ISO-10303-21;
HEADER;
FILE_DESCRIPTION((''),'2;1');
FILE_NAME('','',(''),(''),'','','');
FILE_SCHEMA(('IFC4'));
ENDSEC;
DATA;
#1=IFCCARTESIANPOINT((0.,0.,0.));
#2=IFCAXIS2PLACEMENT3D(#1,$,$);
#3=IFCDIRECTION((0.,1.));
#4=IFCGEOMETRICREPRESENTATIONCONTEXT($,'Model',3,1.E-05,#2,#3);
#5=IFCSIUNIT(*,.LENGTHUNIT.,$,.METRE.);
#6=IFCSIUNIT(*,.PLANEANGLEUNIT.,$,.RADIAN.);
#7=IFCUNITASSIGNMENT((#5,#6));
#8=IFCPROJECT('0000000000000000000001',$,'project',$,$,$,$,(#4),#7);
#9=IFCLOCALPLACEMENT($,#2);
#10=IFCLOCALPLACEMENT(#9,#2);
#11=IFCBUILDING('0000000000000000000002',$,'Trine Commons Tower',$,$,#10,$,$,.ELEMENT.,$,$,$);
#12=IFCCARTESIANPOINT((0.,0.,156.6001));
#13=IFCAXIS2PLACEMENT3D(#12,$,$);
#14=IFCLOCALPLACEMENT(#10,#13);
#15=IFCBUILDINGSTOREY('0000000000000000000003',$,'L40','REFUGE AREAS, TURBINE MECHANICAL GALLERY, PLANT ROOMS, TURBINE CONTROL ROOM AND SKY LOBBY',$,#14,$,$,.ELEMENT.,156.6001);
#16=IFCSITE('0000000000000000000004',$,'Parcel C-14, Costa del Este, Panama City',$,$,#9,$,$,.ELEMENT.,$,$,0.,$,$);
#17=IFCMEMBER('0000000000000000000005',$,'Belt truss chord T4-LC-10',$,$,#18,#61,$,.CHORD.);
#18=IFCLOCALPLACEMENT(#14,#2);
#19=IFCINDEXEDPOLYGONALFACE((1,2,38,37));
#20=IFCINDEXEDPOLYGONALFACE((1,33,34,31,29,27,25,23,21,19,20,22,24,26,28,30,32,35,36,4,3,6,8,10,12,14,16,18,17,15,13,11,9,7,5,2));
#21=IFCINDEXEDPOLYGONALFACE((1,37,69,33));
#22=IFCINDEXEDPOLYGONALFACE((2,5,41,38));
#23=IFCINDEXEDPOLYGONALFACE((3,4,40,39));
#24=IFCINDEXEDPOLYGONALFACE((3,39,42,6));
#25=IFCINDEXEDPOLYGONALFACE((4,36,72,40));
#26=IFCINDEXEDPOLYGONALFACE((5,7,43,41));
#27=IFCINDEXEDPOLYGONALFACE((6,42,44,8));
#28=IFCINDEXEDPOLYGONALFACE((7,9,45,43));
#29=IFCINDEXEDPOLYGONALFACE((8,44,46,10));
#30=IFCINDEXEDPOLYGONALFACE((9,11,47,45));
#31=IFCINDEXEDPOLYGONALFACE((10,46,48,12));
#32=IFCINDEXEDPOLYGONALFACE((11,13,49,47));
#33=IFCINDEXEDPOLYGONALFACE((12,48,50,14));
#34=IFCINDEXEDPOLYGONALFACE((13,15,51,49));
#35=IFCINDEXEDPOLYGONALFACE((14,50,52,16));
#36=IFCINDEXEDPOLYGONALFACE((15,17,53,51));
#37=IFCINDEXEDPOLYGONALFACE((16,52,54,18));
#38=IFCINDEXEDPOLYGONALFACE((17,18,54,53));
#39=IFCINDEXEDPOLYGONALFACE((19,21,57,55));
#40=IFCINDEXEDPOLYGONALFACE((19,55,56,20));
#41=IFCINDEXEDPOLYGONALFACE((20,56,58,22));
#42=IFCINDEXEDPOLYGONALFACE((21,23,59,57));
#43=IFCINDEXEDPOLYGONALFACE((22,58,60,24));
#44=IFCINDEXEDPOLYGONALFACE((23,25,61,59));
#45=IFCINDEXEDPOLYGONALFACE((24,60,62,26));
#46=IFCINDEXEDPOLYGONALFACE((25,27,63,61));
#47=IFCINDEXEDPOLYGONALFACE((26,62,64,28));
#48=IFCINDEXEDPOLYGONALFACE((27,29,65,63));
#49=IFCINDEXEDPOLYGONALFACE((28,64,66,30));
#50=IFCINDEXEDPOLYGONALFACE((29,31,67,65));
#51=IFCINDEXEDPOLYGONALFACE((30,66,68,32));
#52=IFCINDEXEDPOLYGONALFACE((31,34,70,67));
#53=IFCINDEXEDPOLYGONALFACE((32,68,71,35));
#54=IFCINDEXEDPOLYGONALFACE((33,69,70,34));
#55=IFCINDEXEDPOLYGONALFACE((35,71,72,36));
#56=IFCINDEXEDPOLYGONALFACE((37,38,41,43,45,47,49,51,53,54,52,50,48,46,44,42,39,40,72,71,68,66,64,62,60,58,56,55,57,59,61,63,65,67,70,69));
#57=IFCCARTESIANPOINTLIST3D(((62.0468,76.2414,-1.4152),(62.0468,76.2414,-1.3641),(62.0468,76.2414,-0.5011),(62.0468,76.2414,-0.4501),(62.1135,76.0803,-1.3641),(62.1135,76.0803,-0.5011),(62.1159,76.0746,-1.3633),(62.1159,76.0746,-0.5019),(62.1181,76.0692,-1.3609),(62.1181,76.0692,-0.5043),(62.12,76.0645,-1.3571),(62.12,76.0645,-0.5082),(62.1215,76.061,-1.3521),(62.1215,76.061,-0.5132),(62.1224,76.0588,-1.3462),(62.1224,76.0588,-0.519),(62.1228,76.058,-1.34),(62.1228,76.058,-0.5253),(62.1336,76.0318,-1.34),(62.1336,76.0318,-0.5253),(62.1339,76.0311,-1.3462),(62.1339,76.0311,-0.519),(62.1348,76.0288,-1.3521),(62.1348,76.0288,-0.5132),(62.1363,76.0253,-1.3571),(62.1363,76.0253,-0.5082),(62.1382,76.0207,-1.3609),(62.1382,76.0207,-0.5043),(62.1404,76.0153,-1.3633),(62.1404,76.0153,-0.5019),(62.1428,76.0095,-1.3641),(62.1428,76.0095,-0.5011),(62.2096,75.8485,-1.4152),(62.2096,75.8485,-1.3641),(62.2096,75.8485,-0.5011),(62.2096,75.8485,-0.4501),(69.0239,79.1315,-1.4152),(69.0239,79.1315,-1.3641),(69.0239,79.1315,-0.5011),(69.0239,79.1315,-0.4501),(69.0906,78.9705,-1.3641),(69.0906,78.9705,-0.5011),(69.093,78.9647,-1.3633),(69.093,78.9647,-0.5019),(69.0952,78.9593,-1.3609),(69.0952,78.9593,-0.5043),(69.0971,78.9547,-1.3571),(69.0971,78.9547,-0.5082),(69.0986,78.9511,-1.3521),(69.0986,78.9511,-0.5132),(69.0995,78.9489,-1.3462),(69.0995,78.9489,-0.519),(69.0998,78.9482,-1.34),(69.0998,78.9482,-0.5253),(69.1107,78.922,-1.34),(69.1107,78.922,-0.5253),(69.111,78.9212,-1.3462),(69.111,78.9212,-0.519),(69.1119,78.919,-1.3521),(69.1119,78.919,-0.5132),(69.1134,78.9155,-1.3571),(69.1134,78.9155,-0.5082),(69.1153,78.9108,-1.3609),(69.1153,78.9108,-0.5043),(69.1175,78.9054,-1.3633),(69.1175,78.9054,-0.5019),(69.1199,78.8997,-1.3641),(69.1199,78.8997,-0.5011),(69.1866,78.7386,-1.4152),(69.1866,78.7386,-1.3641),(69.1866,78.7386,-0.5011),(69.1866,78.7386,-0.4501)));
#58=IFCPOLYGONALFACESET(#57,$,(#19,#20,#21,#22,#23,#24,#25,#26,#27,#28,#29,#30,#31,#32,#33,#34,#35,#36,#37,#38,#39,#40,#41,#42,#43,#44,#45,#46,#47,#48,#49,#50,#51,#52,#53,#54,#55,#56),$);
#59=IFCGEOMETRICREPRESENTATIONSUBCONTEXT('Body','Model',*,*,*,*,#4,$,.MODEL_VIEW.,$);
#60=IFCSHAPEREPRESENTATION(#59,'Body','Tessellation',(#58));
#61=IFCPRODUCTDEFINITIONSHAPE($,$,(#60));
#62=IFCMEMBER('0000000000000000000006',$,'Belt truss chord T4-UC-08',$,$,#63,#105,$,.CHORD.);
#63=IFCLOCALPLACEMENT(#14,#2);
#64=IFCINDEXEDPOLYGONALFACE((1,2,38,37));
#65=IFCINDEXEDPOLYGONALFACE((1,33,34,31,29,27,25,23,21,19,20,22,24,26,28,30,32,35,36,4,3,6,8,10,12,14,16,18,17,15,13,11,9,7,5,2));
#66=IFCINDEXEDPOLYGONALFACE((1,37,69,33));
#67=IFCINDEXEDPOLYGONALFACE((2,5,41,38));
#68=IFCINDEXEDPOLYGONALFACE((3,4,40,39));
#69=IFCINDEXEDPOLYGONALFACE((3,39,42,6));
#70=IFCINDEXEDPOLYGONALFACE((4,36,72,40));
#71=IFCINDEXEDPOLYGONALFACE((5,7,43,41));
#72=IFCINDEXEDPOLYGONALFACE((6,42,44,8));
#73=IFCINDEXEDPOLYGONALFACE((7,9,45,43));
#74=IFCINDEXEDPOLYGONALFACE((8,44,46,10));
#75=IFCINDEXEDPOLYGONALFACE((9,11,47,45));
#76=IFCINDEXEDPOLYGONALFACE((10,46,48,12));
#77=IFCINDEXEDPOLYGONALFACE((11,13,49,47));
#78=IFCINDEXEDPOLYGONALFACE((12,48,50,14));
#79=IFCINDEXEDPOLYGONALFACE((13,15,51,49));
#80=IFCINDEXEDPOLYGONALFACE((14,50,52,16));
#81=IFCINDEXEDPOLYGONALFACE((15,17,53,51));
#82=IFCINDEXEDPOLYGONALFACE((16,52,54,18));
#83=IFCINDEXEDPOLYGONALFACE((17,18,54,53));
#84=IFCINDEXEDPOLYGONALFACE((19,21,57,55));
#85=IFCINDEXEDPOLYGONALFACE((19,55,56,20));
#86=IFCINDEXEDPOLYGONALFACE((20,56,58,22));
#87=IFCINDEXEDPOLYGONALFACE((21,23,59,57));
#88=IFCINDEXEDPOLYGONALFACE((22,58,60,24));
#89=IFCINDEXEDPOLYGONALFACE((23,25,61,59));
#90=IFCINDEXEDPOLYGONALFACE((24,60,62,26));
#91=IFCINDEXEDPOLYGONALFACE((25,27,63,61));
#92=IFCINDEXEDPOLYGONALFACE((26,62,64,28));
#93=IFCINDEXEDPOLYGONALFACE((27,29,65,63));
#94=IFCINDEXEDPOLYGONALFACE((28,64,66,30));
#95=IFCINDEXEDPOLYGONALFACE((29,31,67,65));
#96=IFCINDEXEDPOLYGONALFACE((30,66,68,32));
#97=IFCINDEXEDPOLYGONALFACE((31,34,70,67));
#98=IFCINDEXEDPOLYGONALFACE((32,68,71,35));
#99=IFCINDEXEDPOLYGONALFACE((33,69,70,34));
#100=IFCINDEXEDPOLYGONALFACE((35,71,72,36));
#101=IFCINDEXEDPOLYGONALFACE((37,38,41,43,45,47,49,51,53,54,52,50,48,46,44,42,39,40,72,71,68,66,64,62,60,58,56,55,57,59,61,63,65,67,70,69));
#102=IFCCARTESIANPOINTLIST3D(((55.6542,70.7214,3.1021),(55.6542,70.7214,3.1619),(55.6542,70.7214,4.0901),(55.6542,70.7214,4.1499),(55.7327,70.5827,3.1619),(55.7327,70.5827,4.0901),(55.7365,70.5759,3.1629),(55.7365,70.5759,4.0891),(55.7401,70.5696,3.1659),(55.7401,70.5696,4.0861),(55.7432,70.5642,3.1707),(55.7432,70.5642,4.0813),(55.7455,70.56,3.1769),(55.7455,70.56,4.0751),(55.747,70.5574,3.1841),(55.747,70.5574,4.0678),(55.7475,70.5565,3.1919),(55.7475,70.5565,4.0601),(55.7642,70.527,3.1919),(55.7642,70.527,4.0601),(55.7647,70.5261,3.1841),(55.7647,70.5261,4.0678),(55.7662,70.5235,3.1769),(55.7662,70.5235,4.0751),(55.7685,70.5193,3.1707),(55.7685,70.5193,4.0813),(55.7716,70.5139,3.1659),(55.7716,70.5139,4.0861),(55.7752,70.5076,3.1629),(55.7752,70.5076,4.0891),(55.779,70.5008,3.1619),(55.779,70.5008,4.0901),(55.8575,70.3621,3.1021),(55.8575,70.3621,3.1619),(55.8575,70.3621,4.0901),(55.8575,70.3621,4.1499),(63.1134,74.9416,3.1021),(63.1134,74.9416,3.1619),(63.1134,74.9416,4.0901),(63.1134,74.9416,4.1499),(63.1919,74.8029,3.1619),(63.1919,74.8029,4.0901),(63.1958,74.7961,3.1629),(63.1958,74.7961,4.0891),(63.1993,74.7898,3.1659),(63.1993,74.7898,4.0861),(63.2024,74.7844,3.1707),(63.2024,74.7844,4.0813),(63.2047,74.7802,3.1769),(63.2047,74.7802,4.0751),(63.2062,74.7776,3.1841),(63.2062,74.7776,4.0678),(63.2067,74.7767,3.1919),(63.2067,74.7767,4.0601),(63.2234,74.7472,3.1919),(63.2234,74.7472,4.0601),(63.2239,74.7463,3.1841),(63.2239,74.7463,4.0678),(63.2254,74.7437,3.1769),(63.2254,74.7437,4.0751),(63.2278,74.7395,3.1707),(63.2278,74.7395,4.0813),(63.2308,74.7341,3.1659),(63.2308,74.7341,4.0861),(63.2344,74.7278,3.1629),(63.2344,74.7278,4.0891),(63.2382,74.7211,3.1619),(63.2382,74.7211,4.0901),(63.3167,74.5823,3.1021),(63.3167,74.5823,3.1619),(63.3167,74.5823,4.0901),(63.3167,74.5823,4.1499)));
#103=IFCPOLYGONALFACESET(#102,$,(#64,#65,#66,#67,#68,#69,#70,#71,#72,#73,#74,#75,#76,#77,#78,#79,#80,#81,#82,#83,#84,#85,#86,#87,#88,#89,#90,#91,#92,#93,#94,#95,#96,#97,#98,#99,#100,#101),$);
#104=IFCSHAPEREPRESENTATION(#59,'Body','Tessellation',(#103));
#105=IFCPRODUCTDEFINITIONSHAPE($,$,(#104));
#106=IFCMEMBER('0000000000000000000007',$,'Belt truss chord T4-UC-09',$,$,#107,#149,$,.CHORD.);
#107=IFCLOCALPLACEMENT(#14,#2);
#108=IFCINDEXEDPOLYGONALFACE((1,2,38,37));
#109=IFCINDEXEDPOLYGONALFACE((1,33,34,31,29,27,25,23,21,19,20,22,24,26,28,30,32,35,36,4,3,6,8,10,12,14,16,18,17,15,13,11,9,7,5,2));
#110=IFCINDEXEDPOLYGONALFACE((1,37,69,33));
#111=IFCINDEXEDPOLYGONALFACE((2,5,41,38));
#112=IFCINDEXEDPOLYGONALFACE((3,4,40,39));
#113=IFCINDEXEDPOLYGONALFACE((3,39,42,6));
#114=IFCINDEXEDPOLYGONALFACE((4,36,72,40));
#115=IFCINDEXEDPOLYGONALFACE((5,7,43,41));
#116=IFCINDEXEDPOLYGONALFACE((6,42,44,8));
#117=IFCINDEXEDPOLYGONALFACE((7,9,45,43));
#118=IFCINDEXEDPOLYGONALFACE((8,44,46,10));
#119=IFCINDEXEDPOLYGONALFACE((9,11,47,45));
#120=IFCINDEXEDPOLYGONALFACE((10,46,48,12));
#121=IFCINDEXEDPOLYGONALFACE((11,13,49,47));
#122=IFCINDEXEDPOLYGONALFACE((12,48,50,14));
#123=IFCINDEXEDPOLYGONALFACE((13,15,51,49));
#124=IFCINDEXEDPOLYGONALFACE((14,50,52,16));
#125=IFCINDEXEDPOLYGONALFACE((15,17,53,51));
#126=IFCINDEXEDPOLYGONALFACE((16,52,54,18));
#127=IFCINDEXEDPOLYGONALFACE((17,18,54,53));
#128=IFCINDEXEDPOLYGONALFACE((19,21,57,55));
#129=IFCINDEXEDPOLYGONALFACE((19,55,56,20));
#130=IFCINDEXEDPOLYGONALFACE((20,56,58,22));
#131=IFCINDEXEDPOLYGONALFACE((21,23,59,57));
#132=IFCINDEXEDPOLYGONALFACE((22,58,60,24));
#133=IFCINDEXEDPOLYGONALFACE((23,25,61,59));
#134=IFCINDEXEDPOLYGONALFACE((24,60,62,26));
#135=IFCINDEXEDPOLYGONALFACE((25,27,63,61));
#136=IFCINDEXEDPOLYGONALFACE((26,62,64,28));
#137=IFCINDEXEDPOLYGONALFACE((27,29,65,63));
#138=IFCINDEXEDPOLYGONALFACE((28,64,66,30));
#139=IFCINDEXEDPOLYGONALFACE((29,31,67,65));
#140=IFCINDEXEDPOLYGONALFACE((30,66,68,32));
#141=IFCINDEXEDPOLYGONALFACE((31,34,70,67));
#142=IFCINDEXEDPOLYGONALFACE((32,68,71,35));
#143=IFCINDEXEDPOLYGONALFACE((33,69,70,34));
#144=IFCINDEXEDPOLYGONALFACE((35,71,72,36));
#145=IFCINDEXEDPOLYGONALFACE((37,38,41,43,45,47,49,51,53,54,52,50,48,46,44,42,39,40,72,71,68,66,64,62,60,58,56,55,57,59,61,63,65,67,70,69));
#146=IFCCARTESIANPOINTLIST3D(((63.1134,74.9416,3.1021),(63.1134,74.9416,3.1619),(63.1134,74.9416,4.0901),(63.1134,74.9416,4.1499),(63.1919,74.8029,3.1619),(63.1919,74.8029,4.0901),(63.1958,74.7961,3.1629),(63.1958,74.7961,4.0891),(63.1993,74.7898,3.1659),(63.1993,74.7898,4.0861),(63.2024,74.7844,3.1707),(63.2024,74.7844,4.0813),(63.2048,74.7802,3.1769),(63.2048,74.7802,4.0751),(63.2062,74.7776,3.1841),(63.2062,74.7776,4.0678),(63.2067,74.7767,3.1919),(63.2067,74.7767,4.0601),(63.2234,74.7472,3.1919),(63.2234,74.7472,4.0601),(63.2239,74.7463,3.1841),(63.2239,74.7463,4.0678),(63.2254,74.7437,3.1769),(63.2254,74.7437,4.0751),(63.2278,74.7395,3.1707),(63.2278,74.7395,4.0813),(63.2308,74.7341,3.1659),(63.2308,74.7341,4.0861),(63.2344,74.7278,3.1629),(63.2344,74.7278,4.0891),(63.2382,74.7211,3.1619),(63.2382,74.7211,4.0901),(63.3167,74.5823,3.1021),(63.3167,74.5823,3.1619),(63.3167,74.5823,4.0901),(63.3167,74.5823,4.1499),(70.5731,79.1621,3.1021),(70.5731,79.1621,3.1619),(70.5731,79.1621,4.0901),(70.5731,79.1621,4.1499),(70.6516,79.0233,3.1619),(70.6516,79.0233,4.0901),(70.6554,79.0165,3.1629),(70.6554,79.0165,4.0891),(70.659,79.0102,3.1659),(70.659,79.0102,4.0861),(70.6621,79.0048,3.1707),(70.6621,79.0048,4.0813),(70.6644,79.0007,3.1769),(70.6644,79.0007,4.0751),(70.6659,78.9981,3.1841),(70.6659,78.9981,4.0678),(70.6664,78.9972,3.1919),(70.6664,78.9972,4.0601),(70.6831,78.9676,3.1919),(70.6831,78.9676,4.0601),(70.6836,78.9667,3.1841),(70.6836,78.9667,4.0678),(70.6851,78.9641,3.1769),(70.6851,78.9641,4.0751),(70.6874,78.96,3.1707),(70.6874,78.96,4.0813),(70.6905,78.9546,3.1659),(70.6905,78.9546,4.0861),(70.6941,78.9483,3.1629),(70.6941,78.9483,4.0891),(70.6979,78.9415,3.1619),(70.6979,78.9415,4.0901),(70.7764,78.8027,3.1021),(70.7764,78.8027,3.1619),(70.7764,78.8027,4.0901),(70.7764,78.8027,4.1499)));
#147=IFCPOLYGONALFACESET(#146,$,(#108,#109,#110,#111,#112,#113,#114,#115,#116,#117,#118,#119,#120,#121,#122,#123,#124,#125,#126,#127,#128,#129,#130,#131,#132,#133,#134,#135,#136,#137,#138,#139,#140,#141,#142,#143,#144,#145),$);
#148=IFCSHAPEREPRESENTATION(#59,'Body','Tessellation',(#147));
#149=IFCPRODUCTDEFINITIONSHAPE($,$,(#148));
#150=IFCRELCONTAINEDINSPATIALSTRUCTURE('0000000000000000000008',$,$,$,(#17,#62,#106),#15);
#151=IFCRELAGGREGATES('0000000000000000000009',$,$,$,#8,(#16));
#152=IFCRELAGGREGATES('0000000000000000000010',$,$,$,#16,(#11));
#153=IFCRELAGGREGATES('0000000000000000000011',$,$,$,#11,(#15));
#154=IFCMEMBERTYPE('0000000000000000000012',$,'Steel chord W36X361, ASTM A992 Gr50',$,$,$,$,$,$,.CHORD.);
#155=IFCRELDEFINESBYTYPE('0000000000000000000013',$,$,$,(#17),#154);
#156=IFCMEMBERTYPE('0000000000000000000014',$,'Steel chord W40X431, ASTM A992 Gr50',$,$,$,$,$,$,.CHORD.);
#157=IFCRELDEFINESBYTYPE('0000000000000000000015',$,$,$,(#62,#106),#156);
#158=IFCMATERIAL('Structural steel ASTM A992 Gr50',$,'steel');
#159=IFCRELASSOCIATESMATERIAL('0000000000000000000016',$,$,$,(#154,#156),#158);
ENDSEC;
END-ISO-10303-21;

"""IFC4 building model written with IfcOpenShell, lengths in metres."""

from ifc_helpers import new_model, si_unit, direction, frame, origin, origin_2d, place, context, subcontext, project, spatial, i_section, extrude, material, material_profile, profile_set, type_object, element, save


model = new_model("IFC4")

# Units and contexts
model_context = context("Model", 3, precision=1e-05, world=origin(), true_north=direction((0.0, 1.0)))
body_context = subcontext(model_context, "Body", "Model", "MODEL_VIEW")
ifc_project = project(units=[si_unit("LENGTHUNIT", "METRE"), si_unit("PLANEANGLEUNIT", "RADIAN")], contexts=[model_context])

# Site, building, storey
site_placement = place(None, origin())
site = spatial("IfcSite", under=ifc_project, at=site_placement, Name="Parcel C-14, Costa del Este, Panama City", CompositionType="ELEMENT", RefElevation=0.0)
building_placement = place(site_placement, origin())
building = spatial("IfcBuilding", under=site, at=building_placement, Name="Trine Commons Tower", CompositionType="ELEMENT")
storey_placement = place(building_placement, frame((0.0, 0.0, 156.6001)))
storey = spatial("IfcBuildingStorey", under=building, at=storey_placement, Name="L40", Description="REFUGE AREAS, TURBINE MECHANICAL GALLERY, PLANT ROOMS, TURBINE CONTROL ROOM AND SKY LOBBY", CompositionType="ELEMENT", Elevation=156.6001)

# Members
ifc_material_1 = material(Name="Structural steel ASTM A992 Gr50", Category="steel")
ifc_material_profile_1 = material_profile(ifc_material_1, i_section(OverallWidth=0.4253, OverallDepth=0.9651, WebThickness=0.0283, FlangeThickness=0.051, FilletRadius=0.0242, at=origin_2d()), Name="W36X361")
ifc_profile_set_1 = profile_set([ifc_material_profile_1], Name="Structural steel ASTM A992 Gr50")
member_type_1 = type_object("IfcMemberType", Name="Steel chord W36X361, ASTM A992 Gr50", PredefinedType="CHORD", material=ifc_profile_set_1)
member_1_placement = place(storey_placement, frame((62.1282, 76.0449, -0.9326), z_axis=(0.923873, 0.3827, 0.0), x_axis=(-0.3827, 0.923873, 0.0)))
element("IfcMember", 1, at=member_1_placement, inside=storey, type_object=member_type_1, Name="Belt truss chord T4-LC-10", PredefinedType="CHORD", context=body_context, shape_type="SweptSolid", body=[
    extrude(i_section(OverallWidth=0.4253, OverallDepth=0.9651, WebThickness=0.0283, FlangeThickness=0.051, FilletRadius=0.0242, at=origin_2d()), origin(), (0.0, 0.0, 1.0), 7.552),
])
ifc_material_profile_2 = material_profile(ifc_material_1, i_section(OverallWidth=0.4128, OverallDepth=1.0479, WebThickness=0.0339, FlangeThickness=0.0598, FilletRadius=0.03, at=origin_2d()), Name="W40X431")
ifc_profile_set_2 = profile_set([ifc_material_profile_2], Name="Structural steel ASTM A992 Gr50")
member_type_2 = type_object("IfcMemberType", Name="Steel chord W40X431, ASTM A992 Gr50", PredefinedType="CHORD", material=ifc_profile_set_2)
member_2_placement = place(storey_placement, frame((55.7559, 70.5417, 3.626), z_axis=(0.870356, 0.492422, 0.0), x_axis=(-0.492422, 0.870356, 0.0)))
element("IfcMember", 2, at=member_2_placement, inside=storey, type_object=member_type_2, Name="Belt truss chord T4-UC-08", PredefinedType="CHORD", context=body_context, shape_type="SweptSolid", body=[
    extrude(i_section(OverallWidth=0.4128, OverallDepth=1.0479, WebThickness=0.0339, FlangeThickness=0.0598, FilletRadius=0.03, at=origin_2d()), origin(), (0.0, 0.0, 1.0), 8.5703),
])
member_3_placement = place(storey_placement, frame((63.2151, 74.762, 3.626), z_axis=(0.870358, 0.49242, 0.0), x_axis=(-0.49242, 0.870358, 0.0)))
element("IfcMember", 3, at=member_3_placement, inside=storey, type_object=member_type_2, Name="Belt truss chord T4-UC-09", PredefinedType="CHORD", context=body_context, shape_type="SweptSolid", body=[
    extrude(i_section(OverallWidth=0.4128, OverallDepth=1.0479, WebThickness=0.0339, FlangeThickness=0.0598, FilletRadius=0.03, at=origin_2d()), origin(), (0.0, 0.0, 1.0), 8.5708),
])

save(model, "model.ifc")
